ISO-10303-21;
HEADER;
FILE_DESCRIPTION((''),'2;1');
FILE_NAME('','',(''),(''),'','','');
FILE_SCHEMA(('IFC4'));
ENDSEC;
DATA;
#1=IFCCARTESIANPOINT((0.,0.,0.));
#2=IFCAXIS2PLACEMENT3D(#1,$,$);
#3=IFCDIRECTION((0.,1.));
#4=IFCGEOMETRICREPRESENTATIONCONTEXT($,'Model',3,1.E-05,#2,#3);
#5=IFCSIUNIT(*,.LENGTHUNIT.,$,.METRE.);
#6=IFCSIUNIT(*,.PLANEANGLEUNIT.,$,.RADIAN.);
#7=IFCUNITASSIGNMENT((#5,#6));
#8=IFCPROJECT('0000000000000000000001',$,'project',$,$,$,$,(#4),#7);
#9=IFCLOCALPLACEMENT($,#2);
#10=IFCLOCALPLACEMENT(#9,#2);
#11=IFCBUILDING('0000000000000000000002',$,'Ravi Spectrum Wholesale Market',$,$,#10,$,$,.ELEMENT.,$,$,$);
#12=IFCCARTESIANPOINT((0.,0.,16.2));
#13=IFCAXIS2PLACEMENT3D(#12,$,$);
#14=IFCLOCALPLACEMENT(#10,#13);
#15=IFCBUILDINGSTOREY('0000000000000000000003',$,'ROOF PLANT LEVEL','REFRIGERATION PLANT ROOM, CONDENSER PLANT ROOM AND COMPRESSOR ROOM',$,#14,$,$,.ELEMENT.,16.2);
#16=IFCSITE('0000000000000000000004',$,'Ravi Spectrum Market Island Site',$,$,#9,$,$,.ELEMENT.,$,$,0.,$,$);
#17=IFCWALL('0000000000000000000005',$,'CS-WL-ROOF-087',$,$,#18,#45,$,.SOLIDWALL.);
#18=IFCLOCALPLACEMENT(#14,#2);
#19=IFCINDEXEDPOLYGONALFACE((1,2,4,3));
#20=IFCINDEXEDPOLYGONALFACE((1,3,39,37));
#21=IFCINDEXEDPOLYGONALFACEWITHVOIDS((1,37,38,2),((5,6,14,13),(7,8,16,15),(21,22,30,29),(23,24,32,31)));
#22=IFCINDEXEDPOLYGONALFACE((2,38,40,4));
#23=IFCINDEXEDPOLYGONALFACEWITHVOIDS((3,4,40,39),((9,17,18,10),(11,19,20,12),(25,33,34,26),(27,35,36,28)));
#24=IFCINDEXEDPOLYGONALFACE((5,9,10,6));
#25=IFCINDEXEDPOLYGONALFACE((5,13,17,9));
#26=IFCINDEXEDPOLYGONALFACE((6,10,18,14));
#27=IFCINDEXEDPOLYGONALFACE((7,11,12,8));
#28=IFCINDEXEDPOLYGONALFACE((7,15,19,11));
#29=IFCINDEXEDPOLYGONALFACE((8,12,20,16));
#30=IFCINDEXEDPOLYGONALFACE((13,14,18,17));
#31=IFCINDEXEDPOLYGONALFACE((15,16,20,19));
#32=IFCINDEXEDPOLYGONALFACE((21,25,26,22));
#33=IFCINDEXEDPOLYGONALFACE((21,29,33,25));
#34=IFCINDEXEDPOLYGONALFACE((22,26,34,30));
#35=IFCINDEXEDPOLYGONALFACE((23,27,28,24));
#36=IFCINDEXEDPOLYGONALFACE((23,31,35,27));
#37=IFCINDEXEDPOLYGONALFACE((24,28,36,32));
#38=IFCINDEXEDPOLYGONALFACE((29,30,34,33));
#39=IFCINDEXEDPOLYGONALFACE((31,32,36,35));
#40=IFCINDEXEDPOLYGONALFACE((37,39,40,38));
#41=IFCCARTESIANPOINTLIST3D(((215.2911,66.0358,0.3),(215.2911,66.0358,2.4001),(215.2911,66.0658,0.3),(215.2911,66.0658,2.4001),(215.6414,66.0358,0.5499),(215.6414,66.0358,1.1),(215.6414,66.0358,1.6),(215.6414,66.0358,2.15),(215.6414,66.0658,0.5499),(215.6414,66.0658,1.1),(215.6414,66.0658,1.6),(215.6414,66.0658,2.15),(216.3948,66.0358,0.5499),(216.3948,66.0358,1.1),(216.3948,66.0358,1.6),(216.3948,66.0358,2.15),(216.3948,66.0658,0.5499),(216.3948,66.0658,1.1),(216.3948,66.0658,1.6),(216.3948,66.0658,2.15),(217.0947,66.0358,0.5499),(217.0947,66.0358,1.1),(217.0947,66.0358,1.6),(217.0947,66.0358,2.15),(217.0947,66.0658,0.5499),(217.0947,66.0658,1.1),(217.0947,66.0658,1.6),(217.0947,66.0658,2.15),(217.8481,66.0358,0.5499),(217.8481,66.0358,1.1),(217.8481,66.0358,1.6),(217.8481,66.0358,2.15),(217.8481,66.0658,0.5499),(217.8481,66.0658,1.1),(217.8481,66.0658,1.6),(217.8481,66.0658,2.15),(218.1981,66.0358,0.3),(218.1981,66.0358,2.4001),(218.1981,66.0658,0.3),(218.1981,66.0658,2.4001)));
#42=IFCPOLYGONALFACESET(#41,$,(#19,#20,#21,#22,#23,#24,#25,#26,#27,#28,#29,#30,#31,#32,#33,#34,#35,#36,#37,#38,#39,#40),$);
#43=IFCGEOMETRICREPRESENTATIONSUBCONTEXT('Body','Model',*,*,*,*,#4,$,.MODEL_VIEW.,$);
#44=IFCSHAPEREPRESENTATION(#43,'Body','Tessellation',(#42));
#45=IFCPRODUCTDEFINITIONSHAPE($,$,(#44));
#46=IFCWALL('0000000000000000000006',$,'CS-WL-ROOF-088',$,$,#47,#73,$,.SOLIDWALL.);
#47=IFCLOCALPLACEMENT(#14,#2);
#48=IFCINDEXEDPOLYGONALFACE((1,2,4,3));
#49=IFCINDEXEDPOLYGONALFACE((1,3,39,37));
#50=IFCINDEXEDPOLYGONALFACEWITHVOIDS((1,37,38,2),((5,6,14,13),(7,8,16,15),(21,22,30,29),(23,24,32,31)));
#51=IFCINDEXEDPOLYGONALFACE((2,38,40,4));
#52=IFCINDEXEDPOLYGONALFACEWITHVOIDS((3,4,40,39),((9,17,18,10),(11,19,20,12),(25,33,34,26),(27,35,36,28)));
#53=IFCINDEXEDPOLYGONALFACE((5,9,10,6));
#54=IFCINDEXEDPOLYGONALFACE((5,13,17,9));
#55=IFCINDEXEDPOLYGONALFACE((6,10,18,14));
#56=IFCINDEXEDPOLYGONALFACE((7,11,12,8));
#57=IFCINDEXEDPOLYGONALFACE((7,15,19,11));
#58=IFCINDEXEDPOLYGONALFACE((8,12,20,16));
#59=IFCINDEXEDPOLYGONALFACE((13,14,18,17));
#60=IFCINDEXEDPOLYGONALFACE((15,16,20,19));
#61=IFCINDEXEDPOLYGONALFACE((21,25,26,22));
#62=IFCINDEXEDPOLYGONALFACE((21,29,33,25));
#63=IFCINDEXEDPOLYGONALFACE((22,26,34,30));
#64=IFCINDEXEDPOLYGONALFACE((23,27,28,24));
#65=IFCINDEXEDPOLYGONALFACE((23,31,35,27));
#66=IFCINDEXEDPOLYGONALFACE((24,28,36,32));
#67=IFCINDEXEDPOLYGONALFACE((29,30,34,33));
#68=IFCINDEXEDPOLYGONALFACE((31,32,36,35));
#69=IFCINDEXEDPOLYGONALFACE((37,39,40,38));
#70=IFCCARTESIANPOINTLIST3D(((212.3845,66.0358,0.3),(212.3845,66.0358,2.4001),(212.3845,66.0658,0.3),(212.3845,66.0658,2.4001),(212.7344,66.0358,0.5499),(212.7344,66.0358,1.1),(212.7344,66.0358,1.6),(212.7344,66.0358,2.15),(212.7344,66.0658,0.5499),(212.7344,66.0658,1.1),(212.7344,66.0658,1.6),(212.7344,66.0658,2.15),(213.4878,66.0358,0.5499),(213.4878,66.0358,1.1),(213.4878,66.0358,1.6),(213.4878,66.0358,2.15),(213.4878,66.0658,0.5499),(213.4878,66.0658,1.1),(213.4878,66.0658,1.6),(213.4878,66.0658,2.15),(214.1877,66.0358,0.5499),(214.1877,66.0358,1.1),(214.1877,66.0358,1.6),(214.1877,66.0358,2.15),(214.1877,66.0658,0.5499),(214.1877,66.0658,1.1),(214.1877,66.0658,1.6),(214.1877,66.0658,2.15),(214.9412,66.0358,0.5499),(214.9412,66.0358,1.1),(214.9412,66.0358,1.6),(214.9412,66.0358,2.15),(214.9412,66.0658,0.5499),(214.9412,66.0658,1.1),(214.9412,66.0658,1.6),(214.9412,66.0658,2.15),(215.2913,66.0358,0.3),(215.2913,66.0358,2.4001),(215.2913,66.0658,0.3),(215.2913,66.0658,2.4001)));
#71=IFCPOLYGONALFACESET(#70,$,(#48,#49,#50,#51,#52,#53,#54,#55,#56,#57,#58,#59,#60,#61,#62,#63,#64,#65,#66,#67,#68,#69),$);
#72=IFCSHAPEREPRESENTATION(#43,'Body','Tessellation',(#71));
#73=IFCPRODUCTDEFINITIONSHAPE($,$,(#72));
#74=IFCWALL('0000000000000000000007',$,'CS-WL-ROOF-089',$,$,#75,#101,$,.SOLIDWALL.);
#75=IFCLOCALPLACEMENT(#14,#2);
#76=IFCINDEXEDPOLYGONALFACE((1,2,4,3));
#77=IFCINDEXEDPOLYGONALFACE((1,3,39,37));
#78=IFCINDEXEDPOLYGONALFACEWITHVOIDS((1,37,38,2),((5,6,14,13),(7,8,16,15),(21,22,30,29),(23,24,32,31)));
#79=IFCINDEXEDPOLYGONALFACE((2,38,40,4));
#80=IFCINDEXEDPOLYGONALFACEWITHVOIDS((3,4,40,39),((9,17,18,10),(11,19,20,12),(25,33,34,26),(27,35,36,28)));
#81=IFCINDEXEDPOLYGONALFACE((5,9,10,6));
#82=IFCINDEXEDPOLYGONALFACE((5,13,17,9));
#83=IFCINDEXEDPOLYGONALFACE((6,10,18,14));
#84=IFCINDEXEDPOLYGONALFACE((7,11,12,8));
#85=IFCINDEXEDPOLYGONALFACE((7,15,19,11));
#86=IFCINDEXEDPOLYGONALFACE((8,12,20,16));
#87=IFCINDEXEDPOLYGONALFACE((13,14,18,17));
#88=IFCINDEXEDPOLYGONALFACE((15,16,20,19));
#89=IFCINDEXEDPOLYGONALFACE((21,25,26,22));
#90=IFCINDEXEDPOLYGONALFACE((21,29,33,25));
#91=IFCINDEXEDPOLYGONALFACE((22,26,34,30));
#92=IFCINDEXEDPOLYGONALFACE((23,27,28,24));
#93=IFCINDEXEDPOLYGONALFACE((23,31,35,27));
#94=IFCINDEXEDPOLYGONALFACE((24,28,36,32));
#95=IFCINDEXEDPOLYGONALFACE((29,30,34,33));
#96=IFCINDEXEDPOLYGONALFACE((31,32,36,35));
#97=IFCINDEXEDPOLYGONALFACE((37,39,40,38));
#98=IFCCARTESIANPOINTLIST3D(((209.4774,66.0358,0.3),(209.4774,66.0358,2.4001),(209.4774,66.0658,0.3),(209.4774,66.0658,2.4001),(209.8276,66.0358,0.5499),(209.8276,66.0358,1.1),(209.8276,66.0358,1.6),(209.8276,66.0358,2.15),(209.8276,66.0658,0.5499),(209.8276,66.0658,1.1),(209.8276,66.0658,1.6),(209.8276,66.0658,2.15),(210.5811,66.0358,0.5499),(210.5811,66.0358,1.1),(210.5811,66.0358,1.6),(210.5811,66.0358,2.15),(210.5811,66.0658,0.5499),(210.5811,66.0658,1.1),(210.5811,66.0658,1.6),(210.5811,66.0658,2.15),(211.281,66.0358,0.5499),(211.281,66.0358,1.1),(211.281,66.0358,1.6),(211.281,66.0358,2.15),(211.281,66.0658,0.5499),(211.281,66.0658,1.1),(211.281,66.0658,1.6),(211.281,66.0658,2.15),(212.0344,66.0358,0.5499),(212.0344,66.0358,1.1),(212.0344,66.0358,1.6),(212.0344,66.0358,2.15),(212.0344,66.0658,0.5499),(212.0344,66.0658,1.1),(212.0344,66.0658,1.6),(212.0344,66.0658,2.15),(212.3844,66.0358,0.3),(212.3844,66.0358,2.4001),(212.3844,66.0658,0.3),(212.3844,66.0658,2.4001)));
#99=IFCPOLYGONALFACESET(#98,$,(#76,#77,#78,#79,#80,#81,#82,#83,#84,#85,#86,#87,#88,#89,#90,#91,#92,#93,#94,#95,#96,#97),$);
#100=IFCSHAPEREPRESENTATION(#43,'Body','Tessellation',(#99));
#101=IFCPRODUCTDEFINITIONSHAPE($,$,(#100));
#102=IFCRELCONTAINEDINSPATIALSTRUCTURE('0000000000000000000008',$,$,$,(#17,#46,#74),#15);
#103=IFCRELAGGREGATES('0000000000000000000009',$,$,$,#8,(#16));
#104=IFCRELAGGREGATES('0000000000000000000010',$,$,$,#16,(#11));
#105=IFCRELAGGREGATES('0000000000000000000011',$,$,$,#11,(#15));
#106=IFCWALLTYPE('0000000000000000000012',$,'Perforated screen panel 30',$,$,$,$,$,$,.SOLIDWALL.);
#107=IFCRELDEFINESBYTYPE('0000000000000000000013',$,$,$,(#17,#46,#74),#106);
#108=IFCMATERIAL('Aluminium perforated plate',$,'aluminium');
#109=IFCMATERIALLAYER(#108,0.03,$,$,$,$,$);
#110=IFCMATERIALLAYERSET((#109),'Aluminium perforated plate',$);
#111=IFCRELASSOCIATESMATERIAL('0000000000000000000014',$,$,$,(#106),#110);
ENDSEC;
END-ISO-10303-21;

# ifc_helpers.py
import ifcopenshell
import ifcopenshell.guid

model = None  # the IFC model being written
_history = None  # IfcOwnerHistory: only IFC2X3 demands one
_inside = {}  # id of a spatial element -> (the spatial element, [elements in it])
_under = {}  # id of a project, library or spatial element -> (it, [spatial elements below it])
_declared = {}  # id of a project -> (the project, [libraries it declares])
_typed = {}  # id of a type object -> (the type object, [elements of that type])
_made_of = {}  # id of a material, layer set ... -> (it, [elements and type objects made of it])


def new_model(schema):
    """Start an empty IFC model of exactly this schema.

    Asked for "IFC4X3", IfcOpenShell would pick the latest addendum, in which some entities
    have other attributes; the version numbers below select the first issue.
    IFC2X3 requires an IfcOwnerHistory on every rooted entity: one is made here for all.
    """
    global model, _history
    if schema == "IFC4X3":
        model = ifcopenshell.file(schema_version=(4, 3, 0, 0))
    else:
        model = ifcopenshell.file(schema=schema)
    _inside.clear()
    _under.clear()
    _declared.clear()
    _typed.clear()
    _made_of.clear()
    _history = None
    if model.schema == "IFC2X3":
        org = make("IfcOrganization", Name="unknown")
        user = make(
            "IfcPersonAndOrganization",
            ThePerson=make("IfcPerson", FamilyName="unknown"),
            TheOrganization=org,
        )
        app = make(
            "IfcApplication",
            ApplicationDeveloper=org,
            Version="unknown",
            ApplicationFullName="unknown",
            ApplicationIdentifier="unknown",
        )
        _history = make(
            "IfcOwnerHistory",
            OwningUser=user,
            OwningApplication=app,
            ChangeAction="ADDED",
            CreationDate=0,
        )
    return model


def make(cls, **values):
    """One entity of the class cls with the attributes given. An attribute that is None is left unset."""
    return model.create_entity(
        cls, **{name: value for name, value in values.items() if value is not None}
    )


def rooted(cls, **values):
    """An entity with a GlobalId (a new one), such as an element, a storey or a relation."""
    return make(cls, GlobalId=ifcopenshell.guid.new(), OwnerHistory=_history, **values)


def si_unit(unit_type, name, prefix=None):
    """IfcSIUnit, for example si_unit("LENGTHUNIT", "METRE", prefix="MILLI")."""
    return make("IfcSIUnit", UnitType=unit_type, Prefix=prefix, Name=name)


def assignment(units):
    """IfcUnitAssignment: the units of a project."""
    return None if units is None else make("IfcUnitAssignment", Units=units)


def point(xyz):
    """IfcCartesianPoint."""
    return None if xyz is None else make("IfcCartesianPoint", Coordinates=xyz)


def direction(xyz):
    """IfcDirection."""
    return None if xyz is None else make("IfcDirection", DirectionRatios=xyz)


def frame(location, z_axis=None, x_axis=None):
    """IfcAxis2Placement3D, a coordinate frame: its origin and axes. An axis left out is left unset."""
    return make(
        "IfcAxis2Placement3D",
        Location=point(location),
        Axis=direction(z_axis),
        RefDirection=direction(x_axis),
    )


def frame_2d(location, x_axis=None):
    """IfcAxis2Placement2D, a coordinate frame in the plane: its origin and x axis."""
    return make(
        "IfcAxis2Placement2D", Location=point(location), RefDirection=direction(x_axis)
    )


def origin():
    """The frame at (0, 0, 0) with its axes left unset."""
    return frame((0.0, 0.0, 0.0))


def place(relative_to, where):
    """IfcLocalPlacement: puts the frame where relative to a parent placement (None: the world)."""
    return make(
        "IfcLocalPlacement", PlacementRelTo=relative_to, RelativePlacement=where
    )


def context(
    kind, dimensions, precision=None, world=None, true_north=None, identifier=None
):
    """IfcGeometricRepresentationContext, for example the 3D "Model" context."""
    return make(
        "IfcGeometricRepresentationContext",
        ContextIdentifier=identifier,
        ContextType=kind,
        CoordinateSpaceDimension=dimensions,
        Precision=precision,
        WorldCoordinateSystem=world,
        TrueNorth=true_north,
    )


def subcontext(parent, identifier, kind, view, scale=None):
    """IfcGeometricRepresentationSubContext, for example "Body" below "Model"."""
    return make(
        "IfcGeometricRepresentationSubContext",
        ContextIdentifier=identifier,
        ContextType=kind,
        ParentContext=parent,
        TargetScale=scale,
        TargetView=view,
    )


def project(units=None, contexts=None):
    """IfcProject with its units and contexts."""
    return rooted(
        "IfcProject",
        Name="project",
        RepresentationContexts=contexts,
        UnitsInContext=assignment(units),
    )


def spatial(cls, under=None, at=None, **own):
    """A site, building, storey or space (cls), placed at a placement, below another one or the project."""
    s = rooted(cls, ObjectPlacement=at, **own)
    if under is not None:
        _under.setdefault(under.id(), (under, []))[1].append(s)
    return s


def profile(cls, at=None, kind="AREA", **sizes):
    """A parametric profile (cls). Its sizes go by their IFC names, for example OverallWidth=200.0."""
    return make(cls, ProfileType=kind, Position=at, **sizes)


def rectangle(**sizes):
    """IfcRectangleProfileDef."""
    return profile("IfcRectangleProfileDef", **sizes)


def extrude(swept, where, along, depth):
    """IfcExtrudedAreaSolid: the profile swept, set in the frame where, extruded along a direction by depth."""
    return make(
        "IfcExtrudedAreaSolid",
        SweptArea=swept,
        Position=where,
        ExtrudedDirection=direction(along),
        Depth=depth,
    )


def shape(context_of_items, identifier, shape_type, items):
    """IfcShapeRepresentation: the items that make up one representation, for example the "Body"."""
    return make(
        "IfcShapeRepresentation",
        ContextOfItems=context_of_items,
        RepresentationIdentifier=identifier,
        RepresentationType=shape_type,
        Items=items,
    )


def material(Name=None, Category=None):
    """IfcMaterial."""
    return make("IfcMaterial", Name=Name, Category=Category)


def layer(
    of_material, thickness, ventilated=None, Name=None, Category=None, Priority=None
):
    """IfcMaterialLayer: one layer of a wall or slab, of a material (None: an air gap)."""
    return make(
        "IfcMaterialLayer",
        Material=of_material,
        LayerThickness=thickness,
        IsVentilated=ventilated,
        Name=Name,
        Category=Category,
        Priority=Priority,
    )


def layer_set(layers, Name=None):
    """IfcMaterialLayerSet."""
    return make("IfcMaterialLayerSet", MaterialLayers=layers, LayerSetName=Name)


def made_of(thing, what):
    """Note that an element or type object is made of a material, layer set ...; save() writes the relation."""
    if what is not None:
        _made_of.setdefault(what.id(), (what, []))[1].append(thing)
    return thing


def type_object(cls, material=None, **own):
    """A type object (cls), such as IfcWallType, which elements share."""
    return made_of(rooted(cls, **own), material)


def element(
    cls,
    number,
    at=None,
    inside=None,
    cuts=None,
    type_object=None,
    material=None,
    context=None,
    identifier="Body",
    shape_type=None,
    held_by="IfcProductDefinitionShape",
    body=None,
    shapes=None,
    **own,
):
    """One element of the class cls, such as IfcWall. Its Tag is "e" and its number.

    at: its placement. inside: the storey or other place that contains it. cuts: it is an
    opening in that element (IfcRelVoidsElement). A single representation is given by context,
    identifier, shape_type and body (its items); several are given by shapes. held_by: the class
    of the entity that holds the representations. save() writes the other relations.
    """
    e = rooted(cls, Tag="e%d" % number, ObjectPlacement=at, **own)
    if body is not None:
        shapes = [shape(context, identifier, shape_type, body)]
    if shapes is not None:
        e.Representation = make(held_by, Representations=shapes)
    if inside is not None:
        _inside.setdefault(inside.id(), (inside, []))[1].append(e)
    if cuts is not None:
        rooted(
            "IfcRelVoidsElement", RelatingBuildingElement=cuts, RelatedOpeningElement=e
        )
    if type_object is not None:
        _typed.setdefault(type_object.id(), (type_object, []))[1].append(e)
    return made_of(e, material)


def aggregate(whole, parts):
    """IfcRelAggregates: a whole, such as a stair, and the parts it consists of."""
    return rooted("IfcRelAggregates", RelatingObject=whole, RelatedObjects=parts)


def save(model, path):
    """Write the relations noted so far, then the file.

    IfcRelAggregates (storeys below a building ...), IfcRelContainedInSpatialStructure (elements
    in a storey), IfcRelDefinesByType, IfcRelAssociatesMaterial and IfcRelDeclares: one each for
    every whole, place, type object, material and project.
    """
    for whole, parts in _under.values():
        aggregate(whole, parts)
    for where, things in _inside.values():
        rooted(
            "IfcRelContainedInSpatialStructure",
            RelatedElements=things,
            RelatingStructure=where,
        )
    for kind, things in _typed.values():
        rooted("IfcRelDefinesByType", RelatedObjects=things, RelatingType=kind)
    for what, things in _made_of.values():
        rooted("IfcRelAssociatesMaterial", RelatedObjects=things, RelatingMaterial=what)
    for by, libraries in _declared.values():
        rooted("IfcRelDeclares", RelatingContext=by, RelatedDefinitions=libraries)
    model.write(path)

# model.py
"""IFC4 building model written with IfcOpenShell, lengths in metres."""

from ifc_helpers import new_model, si_unit, direction, frame, frame_2d, origin, place, context, subcontext, project, spatial, rectangle, extrude, material, layer, layer_set, type_object, element, save


model = new_model("IFC4")

# Units and contexts
model_context = context("Model", 3, precision=1e-05, world=origin(), true_north=direction((0.0, 1.0)))
body_context = subcontext(model_context, "Body", "Model", "MODEL_VIEW")
ifc_project = project(units=[si_unit("LENGTHUNIT", "METRE"), si_unit("PLANEANGLEUNIT", "RADIAN")], contexts=[model_context])

# Site, building, storey
site_placement = place(None, origin())
site = spatial("IfcSite", under=ifc_project, at=site_placement, Name="Ravi Spectrum Market Island Site", CompositionType="ELEMENT", RefElevation=0.0)
building_placement = place(site_placement, origin())
building = spatial("IfcBuilding", under=site, at=building_placement, Name="Ravi Spectrum Wholesale Market", CompositionType="ELEMENT")
storey_placement = place(building_placement, frame((0.0, 0.0, 16.2)))
storey = spatial("IfcBuildingStorey", under=building, at=storey_placement, Name="ROOF PLANT LEVEL", Description="REFRIGERATION PLANT ROOM, CONDENSER PLANT ROOM AND COMPRESSOR ROOM", CompositionType="ELEMENT", Elevation=16.2)

# Walls, openings
ifc_material_1 = material(Name="Aluminium perforated plate", Category="aluminium")
ifc_layer = layer(ifc_material_1, 0.03)
ifc_layer_set = layer_set([ifc_layer], Name="Aluminium perforated plate")
wall_type = type_object("IfcWallType", Name="Perforated screen panel 30", PredefinedType="SOLIDWALL", material=ifc_layer_set)
wall_1_placement = place(storey_placement, frame((218.1982, 66.0508, 0.3), z_axis=(0.0, 0.0, 1.0), x_axis=(-1.0, 0.0, 0.0)))
wall_1 = element("IfcWall", 1, at=wall_1_placement, inside=storey, type_object=wall_type, Name="CS-WL-ROOF-087", PredefinedType="SOLIDWALL", context=body_context, shape_type="SweptSolid", body=[
    extrude(rectangle(XDim=2.907, YDim=0.03, at=frame_2d((1.4536, 0.0))), origin(), (0.0, 0.0, 1.0), 2.1001),
])
opening_1_placement = place(wall_1_placement, frame((0.3501, 0.0, 0.25)))
element("IfcOpeningElement", 2, at=opening_1_placement, cuts=wall_1, PredefinedType="OPENING", context=body_context, shape_type="SweptSolid", body=[
    extrude(rectangle(XDim=0.7534, YDim=0.55, at=frame_2d((0.3767, 0.2749))), frame((0.0, 0.0249, 0.0), z_axis=(0.0, -1.0, 0.0), x_axis=(1.0, 0.0, 0.0)), (0.0, 0.0, 1.0), 0.05),
])
opening_2_placement = place(wall_1_placement, frame((0.3501, 0.0, 1.3)))
element("IfcOpeningElement", 3, at=opening_2_placement, cuts=wall_1, PredefinedType="OPENING", context=body_context, shape_type="SweptSolid", body=[
    extrude(rectangle(XDim=0.7534, YDim=0.55, at=frame_2d((0.3767, 0.2749))), frame((0.0, 0.0249, 0.0), z_axis=(0.0, -1.0, 0.0), x_axis=(1.0, 0.0, 0.0)), (0.0, 0.0, 1.0), 0.05),
])
opening_3_placement = place(wall_1_placement, frame((1.8035, 0.0, 0.25)))
element("IfcOpeningElement", 4, at=opening_3_placement, cuts=wall_1, PredefinedType="OPENING", context=body_context, shape_type="SweptSolid", body=[
    extrude(rectangle(XDim=0.7534, YDim=0.55, at=frame_2d((0.3767, 0.2749))), frame((0.0, 0.0249, 0.0), z_axis=(0.0, -1.0, 0.0), x_axis=(1.0, 0.0, 0.0)), (0.0, 0.0, 1.0), 0.05),
])
opening_4_placement = place(wall_1_placement, frame((1.8035, 0.0, 1.3)))
element("IfcOpeningElement", 5, at=opening_4_placement, cuts=wall_1, PredefinedType="OPENING", context=body_context, shape_type="SweptSolid", body=[
    extrude(rectangle(XDim=0.7534, YDim=0.55, at=frame_2d((0.3767, 0.2749))), frame((0.0, 0.0249, 0.0), z_axis=(0.0, -1.0, 0.0), x_axis=(1.0, 0.0, 0.0)), (0.0, 0.0, 1.0), 0.05),
])
wall_2_placement = place(storey_placement, frame((215.2913, 66.0508, 0.3), z_axis=(0.0, 0.0, 1.0), x_axis=(-1.0, 0.0, 0.0)))
wall_2 = element("IfcWall", 6, at=wall_2_placement, inside=storey, type_object=wall_type, Name="CS-WL-ROOF-088", PredefinedType="SOLIDWALL", context=body_context, shape_type="SweptSolid", body=[
    extrude(rectangle(XDim=2.9067, YDim=0.03, at=frame_2d((1.4534, 0.0))), origin(), (0.0, 0.0, 1.0), 2.1001),
])
opening_5_placement = place(wall_2_placement, frame((0.3501, 0.0, 0.25)))
element("IfcOpeningElement", 7, at=opening_5_placement, cuts=wall_2, PredefinedType="OPENING", context=body_context, shape_type="SweptSolid", body=[
    extrude(rectangle(XDim=0.7534, YDim=0.55, at=frame_2d((0.3767, 0.2749))), frame((0.0, 0.0249, 0.0), z_axis=(0.0, -1.0, 0.0), x_axis=(1.0, 0.0, 0.0)), (0.0, 0.0, 1.0), 0.05),
])
opening_6_placement = place(wall_2_placement, frame((0.3501, 0.0, 1.3)))
element("IfcOpeningElement", 8, at=opening_6_placement, cuts=wall_2, PredefinedType="OPENING", context=body_context, shape_type="SweptSolid", body=[
    extrude(rectangle(XDim=0.7534, YDim=0.55, at=frame_2d((0.3767, 0.2749))), frame((0.0, 0.0249, 0.0), z_axis=(0.0, -1.0, 0.0), x_axis=(1.0, 0.0, 0.0)), (0.0, 0.0, 1.0), 0.05),
])
opening_7_placement = place(wall_2_placement, frame((1.8035, 0.0, 0.25)))
element("IfcOpeningElement", 9, at=opening_7_placement, cuts=wall_2, PredefinedType="OPENING", context=body_context, shape_type="SweptSolid", body=[
    extrude(rectangle(XDim=0.7534, YDim=0.55, at=frame_2d((0.3767, 0.2749))), frame((0.0, 0.0249, 0.0), z_axis=(0.0, -1.0, 0.0), x_axis=(1.0, 0.0, 0.0)), (0.0, 0.0, 1.0), 0.05),
])
opening_8_placement = place(wall_2_placement, frame((1.8035, 0.0, 1.3)))
element("IfcOpeningElement", 10, at=opening_8_placement, cuts=wall_2, PredefinedType="OPENING", context=body_context, shape_type="SweptSolid", body=[
    extrude(rectangle(XDim=0.7534, YDim=0.55, at=frame_2d((0.3767, 0.2749))), frame((0.0, 0.0249, 0.0), z_axis=(0.0, -1.0, 0.0), x_axis=(1.0, 0.0, 0.0)), (0.0, 0.0, 1.0), 0.05),
])
wall_3_placement = place(storey_placement, frame((212.3845, 66.0508, 0.3), z_axis=(0.0, 0.0, 1.0), x_axis=(-1.0, 0.0, 0.0)))
wall_3 = element("IfcWall", 11, at=wall_3_placement, inside=storey, type_object=wall_type, Name="CS-WL-ROOF-089", PredefinedType="SOLIDWALL", context=body_context, shape_type="SweptSolid", body=[
    extrude(rectangle(XDim=2.907, YDim=0.03, at=frame_2d((1.4536, 0.0))), origin(), (0.0, 0.0, 1.0), 2.1001),
])
opening_9_placement = place(wall_3_placement, frame((0.3501, 0.0, 0.25)))
element("IfcOpeningElement", 12, at=opening_9_placement, cuts=wall_3, PredefinedType="OPENING", context=body_context, shape_type="SweptSolid", body=[
    extrude(rectangle(XDim=0.7534, YDim=0.55, at=frame_2d((0.3767, 0.2749))), frame((0.0, 0.0249, 0.0), z_axis=(0.0, -1.0, 0.0), x_axis=(1.0, 0.0, 0.0)), (0.0, 0.0, 1.0), 0.05),
])
opening_10_placement = place(wall_3_placement, frame((0.3501, 0.0, 1.3)))
element("IfcOpeningElement", 13, at=opening_10_placement, cuts=wall_3, PredefinedType="OPENING", context=body_context, shape_type="SweptSolid", body=[
    extrude(rectangle(XDim=0.7534, YDim=0.55, at=frame_2d((0.3767, 0.2749))), frame((0.0, 0.0249, 0.0), z_axis=(0.0, -1.0, 0.0), x_axis=(1.0, 0.0, 0.0)), (0.0, 0.0, 1.0), 0.05),
])
opening_11_placement = place(wall_3_placement, frame((1.8035, 0.0, 0.25)))
element("IfcOpeningElement", 14, at=opening_11_placement, cuts=wall_3, PredefinedType="OPENING", context=body_context, shape_type="SweptSolid", body=[
    extrude(rectangle(XDim=0.7534, YDim=0.55, at=frame_2d((0.3767, 0.2749))), frame((0.0, 0.0249, 0.0), z_axis=(0.0, -1.0, 0.0), x_axis=(1.0, 0.0, 0.0)), (0.0, 0.0, 1.0), 0.05),
])
opening_12_placement = place(wall_3_placement, frame((1.8035, 0.0, 1.3)))
element("IfcOpeningElement", 15, at=opening_12_placement, cuts=wall_3, PredefinedType="OPENING", context=body_context, shape_type="SweptSolid", body=[
    extrude(rectangle(XDim=0.7534, YDim=0.55, at=frame_2d((0.3767, 0.2749))), frame((0.0, 0.0249, 0.0), z_axis=(0.0, -1.0, 0.0), x_axis=(1.0, 0.0, 0.0)), (0.0, 0.0, 1.0), 0.05),
])

save(model, "model.ifc")
